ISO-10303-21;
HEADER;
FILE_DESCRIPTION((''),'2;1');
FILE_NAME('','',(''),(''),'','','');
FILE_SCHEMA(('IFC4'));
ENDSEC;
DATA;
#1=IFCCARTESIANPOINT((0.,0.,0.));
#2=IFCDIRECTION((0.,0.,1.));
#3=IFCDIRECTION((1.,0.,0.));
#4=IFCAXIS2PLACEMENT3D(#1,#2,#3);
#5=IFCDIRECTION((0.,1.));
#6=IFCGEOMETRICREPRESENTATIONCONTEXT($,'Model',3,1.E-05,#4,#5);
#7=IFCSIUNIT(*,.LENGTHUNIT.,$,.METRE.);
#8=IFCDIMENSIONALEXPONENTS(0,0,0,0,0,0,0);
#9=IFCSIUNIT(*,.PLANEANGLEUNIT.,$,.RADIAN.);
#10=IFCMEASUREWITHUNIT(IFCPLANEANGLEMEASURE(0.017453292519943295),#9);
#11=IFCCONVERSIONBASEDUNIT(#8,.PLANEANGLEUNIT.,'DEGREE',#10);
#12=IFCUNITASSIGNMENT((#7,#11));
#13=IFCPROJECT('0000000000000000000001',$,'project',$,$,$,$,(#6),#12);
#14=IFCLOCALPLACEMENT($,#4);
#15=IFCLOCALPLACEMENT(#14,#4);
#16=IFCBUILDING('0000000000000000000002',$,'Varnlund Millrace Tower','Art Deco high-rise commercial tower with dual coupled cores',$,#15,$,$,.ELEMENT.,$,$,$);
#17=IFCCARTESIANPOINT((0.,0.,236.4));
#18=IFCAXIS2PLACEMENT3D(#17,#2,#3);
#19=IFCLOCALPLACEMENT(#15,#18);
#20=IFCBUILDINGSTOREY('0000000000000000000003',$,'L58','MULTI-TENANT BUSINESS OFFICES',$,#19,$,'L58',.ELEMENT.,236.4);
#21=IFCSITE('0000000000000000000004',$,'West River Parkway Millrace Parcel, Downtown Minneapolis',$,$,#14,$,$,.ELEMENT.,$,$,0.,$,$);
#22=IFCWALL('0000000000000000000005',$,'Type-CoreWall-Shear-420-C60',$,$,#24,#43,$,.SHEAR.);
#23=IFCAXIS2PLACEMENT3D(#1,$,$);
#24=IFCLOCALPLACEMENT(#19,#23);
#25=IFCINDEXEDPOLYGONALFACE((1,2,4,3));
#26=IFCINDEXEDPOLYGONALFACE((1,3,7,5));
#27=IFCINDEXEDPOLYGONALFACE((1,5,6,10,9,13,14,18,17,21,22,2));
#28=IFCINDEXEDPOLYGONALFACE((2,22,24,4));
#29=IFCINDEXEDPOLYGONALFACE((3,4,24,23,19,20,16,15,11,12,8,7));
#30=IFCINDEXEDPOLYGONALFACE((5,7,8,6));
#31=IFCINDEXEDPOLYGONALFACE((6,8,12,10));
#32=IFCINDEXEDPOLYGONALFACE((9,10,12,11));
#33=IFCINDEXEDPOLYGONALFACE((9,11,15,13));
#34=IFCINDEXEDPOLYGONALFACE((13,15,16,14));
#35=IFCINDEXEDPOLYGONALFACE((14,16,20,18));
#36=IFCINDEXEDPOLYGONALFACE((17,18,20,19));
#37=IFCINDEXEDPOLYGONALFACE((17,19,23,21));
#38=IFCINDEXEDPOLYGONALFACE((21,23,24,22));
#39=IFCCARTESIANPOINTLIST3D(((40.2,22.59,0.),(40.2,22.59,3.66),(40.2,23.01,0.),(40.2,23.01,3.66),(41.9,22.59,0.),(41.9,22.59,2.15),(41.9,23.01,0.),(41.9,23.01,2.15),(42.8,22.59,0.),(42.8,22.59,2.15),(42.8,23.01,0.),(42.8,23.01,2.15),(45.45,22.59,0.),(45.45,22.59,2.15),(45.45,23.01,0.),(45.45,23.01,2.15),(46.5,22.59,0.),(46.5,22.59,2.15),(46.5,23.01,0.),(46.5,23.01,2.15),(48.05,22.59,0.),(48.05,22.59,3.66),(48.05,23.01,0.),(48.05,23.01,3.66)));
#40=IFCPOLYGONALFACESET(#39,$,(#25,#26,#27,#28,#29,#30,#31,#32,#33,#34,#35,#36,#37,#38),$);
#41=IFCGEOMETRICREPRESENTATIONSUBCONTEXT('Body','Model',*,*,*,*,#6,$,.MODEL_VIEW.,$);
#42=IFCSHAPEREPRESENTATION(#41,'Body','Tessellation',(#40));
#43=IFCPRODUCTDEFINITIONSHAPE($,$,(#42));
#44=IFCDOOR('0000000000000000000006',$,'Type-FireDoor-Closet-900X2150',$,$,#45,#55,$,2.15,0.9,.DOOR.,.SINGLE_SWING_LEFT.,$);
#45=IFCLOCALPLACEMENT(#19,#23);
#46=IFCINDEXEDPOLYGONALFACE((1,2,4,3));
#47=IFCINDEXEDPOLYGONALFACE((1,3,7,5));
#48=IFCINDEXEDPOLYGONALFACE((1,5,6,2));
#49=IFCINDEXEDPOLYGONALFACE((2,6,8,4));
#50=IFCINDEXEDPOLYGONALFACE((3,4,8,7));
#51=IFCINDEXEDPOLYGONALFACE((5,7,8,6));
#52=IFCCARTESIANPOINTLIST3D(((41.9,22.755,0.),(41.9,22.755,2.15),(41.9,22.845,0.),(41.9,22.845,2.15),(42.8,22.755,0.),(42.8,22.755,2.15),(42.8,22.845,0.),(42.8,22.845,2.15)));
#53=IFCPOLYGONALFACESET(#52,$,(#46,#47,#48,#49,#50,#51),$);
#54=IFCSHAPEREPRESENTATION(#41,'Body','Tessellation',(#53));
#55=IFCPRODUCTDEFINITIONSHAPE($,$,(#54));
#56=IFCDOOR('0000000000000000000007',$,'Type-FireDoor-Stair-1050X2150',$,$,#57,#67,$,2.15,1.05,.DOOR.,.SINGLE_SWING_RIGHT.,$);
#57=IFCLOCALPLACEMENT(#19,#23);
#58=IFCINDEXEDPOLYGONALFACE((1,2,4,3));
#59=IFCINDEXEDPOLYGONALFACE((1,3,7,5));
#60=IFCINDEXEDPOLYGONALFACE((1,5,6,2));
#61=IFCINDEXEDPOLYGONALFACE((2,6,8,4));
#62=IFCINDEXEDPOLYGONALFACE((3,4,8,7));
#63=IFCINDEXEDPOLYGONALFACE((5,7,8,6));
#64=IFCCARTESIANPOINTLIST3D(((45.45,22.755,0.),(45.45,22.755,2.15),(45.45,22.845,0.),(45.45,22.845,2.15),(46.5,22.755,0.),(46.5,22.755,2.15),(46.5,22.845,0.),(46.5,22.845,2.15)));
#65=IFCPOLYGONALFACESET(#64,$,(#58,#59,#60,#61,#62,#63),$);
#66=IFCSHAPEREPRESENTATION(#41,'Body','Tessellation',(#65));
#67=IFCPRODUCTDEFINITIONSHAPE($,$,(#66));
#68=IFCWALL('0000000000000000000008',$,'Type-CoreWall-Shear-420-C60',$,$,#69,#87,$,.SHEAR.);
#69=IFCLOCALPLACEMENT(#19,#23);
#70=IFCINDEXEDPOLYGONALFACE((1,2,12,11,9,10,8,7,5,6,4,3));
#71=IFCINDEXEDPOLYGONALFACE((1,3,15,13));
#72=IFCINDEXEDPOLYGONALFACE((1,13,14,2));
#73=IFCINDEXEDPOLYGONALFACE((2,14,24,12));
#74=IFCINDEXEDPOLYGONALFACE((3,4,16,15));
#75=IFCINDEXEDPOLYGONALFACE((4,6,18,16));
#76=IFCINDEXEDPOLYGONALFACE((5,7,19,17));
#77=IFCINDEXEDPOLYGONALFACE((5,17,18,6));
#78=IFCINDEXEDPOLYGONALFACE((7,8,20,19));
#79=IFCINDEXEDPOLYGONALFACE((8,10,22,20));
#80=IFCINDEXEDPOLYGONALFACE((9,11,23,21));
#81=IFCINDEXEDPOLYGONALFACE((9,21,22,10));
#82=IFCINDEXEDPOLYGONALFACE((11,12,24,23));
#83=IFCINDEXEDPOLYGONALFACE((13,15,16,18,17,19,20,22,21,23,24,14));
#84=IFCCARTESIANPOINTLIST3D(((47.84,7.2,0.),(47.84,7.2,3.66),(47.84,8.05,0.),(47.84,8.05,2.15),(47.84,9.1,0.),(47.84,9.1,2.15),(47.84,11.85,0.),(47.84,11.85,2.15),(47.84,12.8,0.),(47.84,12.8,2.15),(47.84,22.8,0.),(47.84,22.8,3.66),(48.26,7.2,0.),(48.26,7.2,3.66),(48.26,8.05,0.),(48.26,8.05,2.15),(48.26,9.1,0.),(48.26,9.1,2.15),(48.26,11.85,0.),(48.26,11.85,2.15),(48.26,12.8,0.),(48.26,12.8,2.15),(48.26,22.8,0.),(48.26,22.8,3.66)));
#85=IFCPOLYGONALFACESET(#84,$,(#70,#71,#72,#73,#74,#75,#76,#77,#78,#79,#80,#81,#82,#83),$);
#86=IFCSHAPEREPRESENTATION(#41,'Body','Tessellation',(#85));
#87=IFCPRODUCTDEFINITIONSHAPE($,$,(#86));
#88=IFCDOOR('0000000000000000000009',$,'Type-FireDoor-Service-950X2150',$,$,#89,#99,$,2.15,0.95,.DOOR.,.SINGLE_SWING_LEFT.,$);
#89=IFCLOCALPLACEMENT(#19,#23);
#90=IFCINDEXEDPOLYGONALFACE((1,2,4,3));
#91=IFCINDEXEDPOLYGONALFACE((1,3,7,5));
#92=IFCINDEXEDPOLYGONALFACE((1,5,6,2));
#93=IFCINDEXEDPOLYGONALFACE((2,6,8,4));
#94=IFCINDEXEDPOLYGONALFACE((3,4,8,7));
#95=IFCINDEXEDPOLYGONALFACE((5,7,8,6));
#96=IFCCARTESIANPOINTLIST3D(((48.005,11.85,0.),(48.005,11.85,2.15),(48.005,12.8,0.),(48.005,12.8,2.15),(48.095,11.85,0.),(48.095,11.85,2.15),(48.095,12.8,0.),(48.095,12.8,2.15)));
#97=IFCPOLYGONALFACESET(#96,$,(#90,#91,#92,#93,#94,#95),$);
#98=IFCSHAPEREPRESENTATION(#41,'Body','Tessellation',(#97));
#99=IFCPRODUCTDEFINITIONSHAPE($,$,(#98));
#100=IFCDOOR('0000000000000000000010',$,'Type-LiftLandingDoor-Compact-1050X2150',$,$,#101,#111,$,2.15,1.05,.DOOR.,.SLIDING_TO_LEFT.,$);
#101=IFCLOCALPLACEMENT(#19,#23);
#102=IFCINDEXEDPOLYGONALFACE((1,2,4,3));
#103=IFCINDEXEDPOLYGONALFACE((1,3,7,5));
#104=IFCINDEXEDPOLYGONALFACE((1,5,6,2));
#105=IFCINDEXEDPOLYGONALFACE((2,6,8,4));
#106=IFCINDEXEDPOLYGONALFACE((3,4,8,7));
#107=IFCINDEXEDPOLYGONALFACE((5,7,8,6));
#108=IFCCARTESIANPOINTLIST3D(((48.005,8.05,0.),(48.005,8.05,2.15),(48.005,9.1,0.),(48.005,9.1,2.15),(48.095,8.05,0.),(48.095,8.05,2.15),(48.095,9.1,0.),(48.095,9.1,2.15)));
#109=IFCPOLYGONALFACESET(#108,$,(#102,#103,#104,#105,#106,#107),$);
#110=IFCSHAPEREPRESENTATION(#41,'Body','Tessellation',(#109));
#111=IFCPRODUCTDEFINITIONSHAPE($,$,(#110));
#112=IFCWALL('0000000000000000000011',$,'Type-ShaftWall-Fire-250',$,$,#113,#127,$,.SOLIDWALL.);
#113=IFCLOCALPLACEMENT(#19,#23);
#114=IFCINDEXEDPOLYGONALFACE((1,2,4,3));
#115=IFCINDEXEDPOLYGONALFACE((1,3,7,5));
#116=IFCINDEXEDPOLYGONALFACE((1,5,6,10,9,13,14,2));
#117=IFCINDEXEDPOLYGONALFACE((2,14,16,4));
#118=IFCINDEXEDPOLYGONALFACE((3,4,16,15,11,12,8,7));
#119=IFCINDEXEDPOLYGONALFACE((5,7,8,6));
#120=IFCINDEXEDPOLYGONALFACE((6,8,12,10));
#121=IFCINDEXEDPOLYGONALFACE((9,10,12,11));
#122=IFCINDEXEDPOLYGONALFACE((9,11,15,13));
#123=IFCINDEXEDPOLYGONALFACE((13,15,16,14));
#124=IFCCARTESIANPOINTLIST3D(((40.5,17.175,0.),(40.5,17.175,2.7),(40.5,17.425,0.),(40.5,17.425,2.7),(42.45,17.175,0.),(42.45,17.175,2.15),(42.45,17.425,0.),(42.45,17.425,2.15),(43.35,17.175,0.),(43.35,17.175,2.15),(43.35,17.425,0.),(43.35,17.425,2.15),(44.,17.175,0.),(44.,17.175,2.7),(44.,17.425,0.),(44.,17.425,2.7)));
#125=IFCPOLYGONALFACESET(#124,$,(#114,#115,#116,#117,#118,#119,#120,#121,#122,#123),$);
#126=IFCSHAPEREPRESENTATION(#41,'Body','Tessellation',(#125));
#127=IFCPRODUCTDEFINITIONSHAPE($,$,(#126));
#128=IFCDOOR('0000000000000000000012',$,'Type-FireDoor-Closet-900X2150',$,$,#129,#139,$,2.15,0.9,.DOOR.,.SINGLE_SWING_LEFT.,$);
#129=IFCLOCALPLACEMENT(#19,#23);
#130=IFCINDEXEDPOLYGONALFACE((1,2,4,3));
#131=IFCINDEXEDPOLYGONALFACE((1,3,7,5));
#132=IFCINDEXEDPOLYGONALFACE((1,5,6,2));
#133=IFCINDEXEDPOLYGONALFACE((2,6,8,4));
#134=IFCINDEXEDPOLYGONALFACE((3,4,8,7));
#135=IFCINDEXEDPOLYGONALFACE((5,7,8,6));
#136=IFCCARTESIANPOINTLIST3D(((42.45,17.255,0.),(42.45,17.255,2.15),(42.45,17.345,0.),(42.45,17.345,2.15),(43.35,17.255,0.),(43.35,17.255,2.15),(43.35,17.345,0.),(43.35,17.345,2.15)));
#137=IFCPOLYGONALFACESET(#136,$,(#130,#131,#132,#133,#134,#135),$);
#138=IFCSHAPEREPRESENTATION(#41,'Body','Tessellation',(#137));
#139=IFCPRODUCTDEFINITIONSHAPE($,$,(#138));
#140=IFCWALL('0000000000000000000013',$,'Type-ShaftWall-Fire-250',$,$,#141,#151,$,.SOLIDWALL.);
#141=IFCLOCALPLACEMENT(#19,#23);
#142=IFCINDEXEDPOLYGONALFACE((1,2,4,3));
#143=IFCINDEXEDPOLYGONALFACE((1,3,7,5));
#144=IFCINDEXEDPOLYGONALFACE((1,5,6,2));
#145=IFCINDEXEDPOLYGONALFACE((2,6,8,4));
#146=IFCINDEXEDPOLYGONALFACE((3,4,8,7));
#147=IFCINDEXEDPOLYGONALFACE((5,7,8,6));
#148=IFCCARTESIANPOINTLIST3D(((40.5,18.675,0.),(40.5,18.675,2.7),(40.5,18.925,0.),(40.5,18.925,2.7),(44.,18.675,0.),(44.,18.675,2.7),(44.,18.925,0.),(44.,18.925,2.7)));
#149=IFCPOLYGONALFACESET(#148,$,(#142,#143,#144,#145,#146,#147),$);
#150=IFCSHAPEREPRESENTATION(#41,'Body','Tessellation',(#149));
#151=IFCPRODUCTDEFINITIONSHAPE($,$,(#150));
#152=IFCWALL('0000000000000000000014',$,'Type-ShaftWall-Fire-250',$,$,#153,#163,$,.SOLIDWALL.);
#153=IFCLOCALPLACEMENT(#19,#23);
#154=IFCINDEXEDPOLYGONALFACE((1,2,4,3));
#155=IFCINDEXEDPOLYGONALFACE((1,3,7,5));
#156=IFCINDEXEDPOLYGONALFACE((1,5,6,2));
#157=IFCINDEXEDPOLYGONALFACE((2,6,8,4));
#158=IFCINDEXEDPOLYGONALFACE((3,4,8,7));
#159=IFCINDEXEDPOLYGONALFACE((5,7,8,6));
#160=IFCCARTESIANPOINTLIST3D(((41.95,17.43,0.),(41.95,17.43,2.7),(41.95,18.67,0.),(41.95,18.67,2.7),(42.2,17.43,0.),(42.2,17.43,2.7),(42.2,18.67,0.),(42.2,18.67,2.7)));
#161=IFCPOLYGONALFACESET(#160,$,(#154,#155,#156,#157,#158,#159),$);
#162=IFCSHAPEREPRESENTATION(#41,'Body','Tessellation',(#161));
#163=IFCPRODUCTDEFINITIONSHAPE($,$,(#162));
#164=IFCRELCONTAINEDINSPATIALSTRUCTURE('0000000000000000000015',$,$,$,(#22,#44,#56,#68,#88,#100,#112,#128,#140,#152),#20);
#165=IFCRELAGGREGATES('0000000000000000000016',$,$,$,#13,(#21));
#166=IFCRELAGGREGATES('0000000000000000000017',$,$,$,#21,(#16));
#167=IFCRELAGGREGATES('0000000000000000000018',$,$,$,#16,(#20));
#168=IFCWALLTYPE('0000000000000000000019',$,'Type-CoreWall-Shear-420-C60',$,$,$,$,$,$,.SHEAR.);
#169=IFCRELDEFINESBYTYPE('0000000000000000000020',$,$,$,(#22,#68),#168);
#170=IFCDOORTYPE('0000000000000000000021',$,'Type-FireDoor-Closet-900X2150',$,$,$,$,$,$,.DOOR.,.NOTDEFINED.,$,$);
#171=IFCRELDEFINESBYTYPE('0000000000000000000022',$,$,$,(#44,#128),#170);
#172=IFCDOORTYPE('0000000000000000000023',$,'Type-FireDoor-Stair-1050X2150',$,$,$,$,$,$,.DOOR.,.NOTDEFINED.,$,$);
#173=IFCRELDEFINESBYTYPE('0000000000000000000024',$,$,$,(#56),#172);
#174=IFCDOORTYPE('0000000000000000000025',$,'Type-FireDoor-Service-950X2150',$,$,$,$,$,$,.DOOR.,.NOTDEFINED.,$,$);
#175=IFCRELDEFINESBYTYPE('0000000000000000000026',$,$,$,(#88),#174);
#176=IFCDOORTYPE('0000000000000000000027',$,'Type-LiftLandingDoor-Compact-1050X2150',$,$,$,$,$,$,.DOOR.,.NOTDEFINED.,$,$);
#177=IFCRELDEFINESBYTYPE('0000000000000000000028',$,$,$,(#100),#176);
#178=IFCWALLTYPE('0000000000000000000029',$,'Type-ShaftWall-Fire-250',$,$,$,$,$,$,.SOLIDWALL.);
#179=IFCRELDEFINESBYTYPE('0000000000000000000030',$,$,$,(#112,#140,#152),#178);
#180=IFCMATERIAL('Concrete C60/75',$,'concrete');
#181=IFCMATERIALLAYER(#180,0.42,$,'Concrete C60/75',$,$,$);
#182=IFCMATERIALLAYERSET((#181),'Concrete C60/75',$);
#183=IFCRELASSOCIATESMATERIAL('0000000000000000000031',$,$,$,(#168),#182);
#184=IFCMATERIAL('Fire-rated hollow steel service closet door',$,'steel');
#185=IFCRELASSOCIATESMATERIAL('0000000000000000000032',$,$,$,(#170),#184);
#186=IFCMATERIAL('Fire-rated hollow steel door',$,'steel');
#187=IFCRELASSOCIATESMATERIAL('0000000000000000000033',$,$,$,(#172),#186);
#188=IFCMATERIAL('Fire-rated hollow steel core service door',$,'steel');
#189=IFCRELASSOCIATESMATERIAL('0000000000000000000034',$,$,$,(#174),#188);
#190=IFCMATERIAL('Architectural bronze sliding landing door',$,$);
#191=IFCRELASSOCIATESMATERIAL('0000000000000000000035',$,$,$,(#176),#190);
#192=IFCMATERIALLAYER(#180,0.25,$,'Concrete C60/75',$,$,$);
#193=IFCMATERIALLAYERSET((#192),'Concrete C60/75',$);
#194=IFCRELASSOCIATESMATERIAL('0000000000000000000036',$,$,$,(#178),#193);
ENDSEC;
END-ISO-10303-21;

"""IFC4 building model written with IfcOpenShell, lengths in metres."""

from ifc_helpers import new_model, entity, si_unit, converted_unit, direction, frame, origin_with_axes, origin_2d_with_axis, place, context, subcontext, project, spatial, polyline, rectangle, outline, extrude, material, layer, layer_set, type_object, element, fill, save


model = new_model("IFC4")

# Units and contexts
model_context = context("Model", 3, precision=1e-05, world=origin_with_axes(), true_north=direction((0.0, 1.0)))
body_context = subcontext(model_context, "Body", "Model", "MODEL_VIEW")
ifc_project = project(units=[si_unit("LENGTHUNIT", "METRE"), converted_unit("PLANEANGLEUNIT", "DEGREE", entity("IfcPlaneAngleMeasure", 0.017453292519943295), si_unit("PLANEANGLEUNIT", "RADIAN"), dimensions=[0, 0, 0, 0, 0, 0, 0])], contexts=[model_context])

# Site, building, storey
site_placement = place(None, origin_with_axes())
site = spatial("IfcSite", under=ifc_project, at=site_placement, Name="West River Parkway Millrace Parcel, Downtown Minneapolis", CompositionType="ELEMENT", RefElevation=0.0)
building_placement = place(site_placement, origin_with_axes())
building = spatial("IfcBuilding", under=site, at=building_placement, Name="Varnlund Millrace Tower", Description="Art Deco high-rise commercial tower with dual coupled cores", CompositionType="ELEMENT")
storey_placement = place(building_placement, frame((0.0, 0.0, 236.4), z_axis=(0.0, 0.0, 1.0), x_axis=(1.0, 0.0, 0.0)))
storey = spatial("IfcBuildingStorey", under=building, at=storey_placement, Name="L58", Description="MULTI-TENANT BUSINESS OFFICES", LongName="L58", CompositionType="ELEMENT", Elevation=236.4)

# Shared definitions
ifc_material_1 = material(Name="Concrete C60/75", Category="concrete")
ifc_layer_1 = layer(ifc_material_1, 0.42, Name="Concrete C60/75")
ifc_layer_set_1 = layer_set([ifc_layer_1], Name="Concrete C60/75")
wall_type_1 = type_object("IfcWallType", Name="Type-CoreWall-Shear-420-C60", PredefinedType="SHEAR", material=ifc_layer_set_1)
ifc_material_2 = material(Name="Fire-rated hollow steel service closet door", Category="steel")
door_type_1 = type_object("IfcDoorType", Name="Type-FireDoor-Closet-900X2150", OperationType="NOTDEFINED", PredefinedType="DOOR", material=ifc_material_2)

# Shared definitions
ifc_material_3 = material(Name="Fire-rated hollow steel door", Category="steel")
door_type_2 = type_object("IfcDoorType", Name="Type-FireDoor-Stair-1050X2150", OperationType="NOTDEFINED", PredefinedType="DOOR", material=ifc_material_3)

# Walls, openings, doors
wall_1_placement = place(storey_placement, frame((40.2, 22.8, 0.0), z_axis=(0.0, 0.0, 1.0), x_axis=(1.0, 0.0, 0.0)))
wall_1 = element("IfcWall", 1, at=wall_1_placement, inside=storey, type_object=wall_type_1, Name="Type-CoreWall-Shear-420-C60", PredefinedType="SHEAR", context=body_context, shape_type="SweptSolid", body=[
    extrude(outline(polyline([(0.0, -0.21), (7.85, -0.21), (7.85, 0.21), (0.0, 0.21), (0.0, -0.21)])), origin_with_axes(), (0.0, 0.0, 1.0), 3.66),
])
opening_1_placement = place(wall_1_placement, frame((5.775, 0.0, 0.0), z_axis=(0.0, 0.0, 1.0), x_axis=(1.0, 0.0, 0.0)))
opening_1 = element("IfcOpeningElement", 2, at=opening_1_placement, cuts=wall_1, PredefinedType="OPENING", context=body_context, shape_type="SweptSolid", body=[
    extrude(rectangle(XDim=1.05, YDim=0.44, at=origin_2d_with_axis()), origin_with_axes(), (0.0, 0.0, 1.0), 2.15),
])
opening_2_placement = place(wall_1_placement, frame((2.15, 0.0, 0.0), z_axis=(0.0, 0.0, 1.0), x_axis=(1.0, 0.0, 0.0)))
opening_2 = element("IfcOpeningElement", 3, at=opening_2_placement, cuts=wall_1, PredefinedType="OPENING", context=body_context, shape_type="SweptSolid", body=[
    extrude(rectangle(XDim=0.9, YDim=0.44, at=origin_2d_with_axis()), origin_with_axes(), (0.0, 0.0, 1.0), 2.15),
])
door_1_placement = place(wall_1_placement, frame((2.15, 0.0, 0.0), z_axis=(0.0, 0.0, 1.0), x_axis=(1.0, 0.0, 0.0)))
door_1 = element("IfcDoor", 4, at=door_1_placement, inside=storey, type_object=door_type_1, Name="Type-FireDoor-Closet-900X2150", OperationType="SINGLE_SWING_LEFT", OverallHeight=2.15, OverallWidth=0.9, PredefinedType="DOOR", context=body_context, shape_type="SweptSolid", body=[
    extrude(rectangle(XDim=0.9, YDim=0.09, at=origin_2d_with_axis()), origin_with_axes(), (0.0, 0.0, 1.0), 2.15),
])
fill(opening_2, door_1)
door_2_placement = place(wall_1_placement, frame((5.775, 0.0, 0.0), z_axis=(0.0, 0.0, 1.0), x_axis=(1.0, 0.0, 0.0)))
door_2 = element("IfcDoor", 5, at=door_2_placement, inside=storey, type_object=door_type_2, Name="Type-FireDoor-Stair-1050X2150", OperationType="SINGLE_SWING_RIGHT", OverallHeight=2.15, OverallWidth=1.05, PredefinedType="DOOR", context=body_context, shape_type="SweptSolid", body=[
    extrude(rectangle(XDim=1.05, YDim=0.09, at=origin_2d_with_axis()), origin_with_axes(), (0.0, 0.0, 1.0), 2.15),
])
fill(opening_1, door_2)
wall_2_placement = place(storey_placement, frame((48.05, 7.2, 0.0), z_axis=(0.0, 0.0, 1.0), x_axis=(0.0, 1.0, 0.0)))
wall_2 = element("IfcWall", 6, at=wall_2_placement, inside=storey, type_object=wall_type_1, Name="Type-CoreWall-Shear-420-C60", PredefinedType="SHEAR", context=body_context, shape_type="SweptSolid", body=[
    extrude(outline(polyline([(0.0, -0.21), (15.6, -0.21), (15.6, 0.21), (0.0, 0.21), (0.0, -0.21)])), origin_with_axes(), (0.0, 0.0, 1.0), 3.66),
])
opening_3_placement = place(wall_2_placement, frame((1.375, 0.0, 0.0), z_axis=(0.0, 0.0, 1.0), x_axis=(1.0, 0.0, 0.0)))
opening_3 = element("IfcOpeningElement", 7, at=opening_3_placement, cuts=wall_2, PredefinedType="OPENING", context=body_context, shape_type="SweptSolid", body=[
    extrude(rectangle(XDim=1.05, YDim=0.44, at=origin_2d_with_axis()), origin_with_axes(), (0.0, 0.0, 1.0), 2.15),
])
opening_4_placement = place(wall_2_placement, frame((5.125, 0.0, 0.0), z_axis=(0.0, 0.0, 1.0), x_axis=(1.0, 0.0, 0.0)))
opening_4 = element("IfcOpeningElement", 8, at=opening_4_placement, cuts=wall_2, PredefinedType="OPENING", context=body_context, shape_type="SweptSolid", body=[
    extrude(rectangle(XDim=0.95, YDim=0.44, at=origin_2d_with_axis()), origin_with_axes(), (0.0, 0.0, 1.0), 2.15),
])
ifc_material_4 = material(Name="Fire-rated hollow steel core service door", Category="steel")
door_type_3 = type_object("IfcDoorType", Name="Type-FireDoor-Service-950X2150", OperationType="NOTDEFINED", PredefinedType="DOOR", material=ifc_material_4)
door_3_placement = place(wall_2_placement, frame((5.125, 0.0, 0.0), z_axis=(0.0, 0.0, 1.0), x_axis=(1.0, 0.0, 0.0)))
door_3 = element("IfcDoor", 9, at=door_3_placement, inside=storey, type_object=door_type_3, Name="Type-FireDoor-Service-950X2150", OperationType="SINGLE_SWING_LEFT", OverallHeight=2.15, OverallWidth=0.95, PredefinedType="DOOR", context=body_context, shape_type="SweptSolid", body=[
    extrude(rectangle(XDim=0.95, YDim=0.09, at=origin_2d_with_axis()), origin_with_axes(), (0.0, 0.0, 1.0), 2.15),
])
fill(opening_4, door_3)
ifc_material_5 = material(Name="Architectural bronze sliding landing door")
door_type_4 = type_object("IfcDoorType", Name="Type-LiftLandingDoor-Compact-1050X2150", OperationType="NOTDEFINED", PredefinedType="DOOR", material=ifc_material_5)
door_4_placement = place(wall_2_placement, frame((1.375, 0.0, 0.0), z_axis=(0.0, 0.0, 1.0), x_axis=(1.0, 0.0, 0.0)))
door_4 = element("IfcDoor", 10, at=door_4_placement, inside=storey, type_object=door_type_4, Name="Type-LiftLandingDoor-Compact-1050X2150", OperationType="SLIDING_TO_LEFT", OverallHeight=2.15, OverallWidth=1.05, PredefinedType="DOOR", context=body_context, shape_type="SweptSolid", body=[
    extrude(rectangle(XDim=1.05, YDim=0.09, at=origin_2d_with_axis()), origin_with_axes(), (0.0, 0.0, 1.0), 2.15),
])
fill(opening_3, door_4)

# Wall, opening, door
ifc_layer_2 = layer(ifc_material_1, 0.25, Name="Concrete C60/75")
ifc_layer_set_2 = layer_set([ifc_layer_2], Name="Concrete C60/75")
wall_type_2 = type_object("IfcWallType", Name="Type-ShaftWall-Fire-250", PredefinedType="SOLIDWALL", material=ifc_layer_set_2)
wall_3_placement = place(storey_placement, frame((40.5, 17.3, 0.0), z_axis=(0.0, 0.0, 1.0), x_axis=(1.0, 0.0, 0.0)))
wall_3 = element("IfcWall", 11, at=wall_3_placement, inside=storey, type_object=wall_type_2, Name="Type-ShaftWall-Fire-250", PredefinedType="SOLIDWALL", context=body_context, shape_type="SweptSolid", body=[
    extrude(outline(polyline([(0.0, -0.125), (3.5, -0.125), (3.5, 0.125), (0.0, 0.125), (0.0, -0.125)])), origin_with_axes(), (0.0, 0.0, 1.0), 2.7),
])
opening_5_placement = place(wall_3_placement, frame((2.4, 0.0, 0.0), z_axis=(0.0, 0.0, 1.0), x_axis=(1.0, 0.0, 0.0)))
opening_5 = element("IfcOpeningElement", 12, at=opening_5_placement, cuts=wall_3, PredefinedType="OPENING", context=body_context, shape_type="SweptSolid", body=[
    extrude(rectangle(XDim=0.9, YDim=0.27, at=origin_2d_with_axis()), origin_with_axes(), (0.0, 0.0, 1.0), 2.15),
])
door_5_placement = place(wall_3_placement, frame((2.4, 0.0, 0.0), z_axis=(0.0, 0.0, 1.0), x_axis=(1.0, 0.0, 0.0)))
door_5 = element("IfcDoor", 13, at=door_5_placement, inside=storey, type_object=door_type_1, Name="Type-FireDoor-Closet-900X2150", OperationType="SINGLE_SWING_LEFT", OverallHeight=2.15, OverallWidth=0.9, PredefinedType="DOOR", context=body_context, shape_type="SweptSolid", body=[
    extrude(rectangle(XDim=0.9, YDim=0.09, at=origin_2d_with_axis()), origin_with_axes(), (0.0, 0.0, 1.0), 2.15),
])
fill(opening_5, door_5)

# Walls
wall_4_placement = place(storey_placement, frame((40.5, 18.8, 0.0), z_axis=(0.0, 0.0, 1.0), x_axis=(1.0, 0.0, 0.0)))
element("IfcWall", 14, at=wall_4_placement, inside=storey, type_object=wall_type_2, Name="Type-ShaftWall-Fire-250", PredefinedType="SOLIDWALL", context=body_context, shape_type="SweptSolid", body=[
    extrude(outline(polyline([(0.0, -0.125), (3.5, -0.125), (3.5, 0.125), (0.0, 0.125), (0.0, -0.125)])), origin_with_axes(), (0.0, 0.0, 1.0), 2.7),
])
wall_5_placement = place(storey_placement, frame((42.075, 17.43, 0.0), z_axis=(0.0, 0.0, 1.0), x_axis=(0.0, 1.0, 0.0)))
element("IfcWall", 15, at=wall_5_placement, inside=storey, type_object=wall_type_2, Name="Type-ShaftWall-Fire-250", PredefinedType="SOLIDWALL", context=body_context, shape_type="SweptSolid", body=[
    extrude(outline(polyline([(0.0, -0.125), (1.24, -0.125), (1.24, 0.125), (0.0, 0.125), (0.0, -0.125)])), origin_with_axes(), (0.0, 0.0, 1.0), 2.7),
])

save(model, "model.ifc")
